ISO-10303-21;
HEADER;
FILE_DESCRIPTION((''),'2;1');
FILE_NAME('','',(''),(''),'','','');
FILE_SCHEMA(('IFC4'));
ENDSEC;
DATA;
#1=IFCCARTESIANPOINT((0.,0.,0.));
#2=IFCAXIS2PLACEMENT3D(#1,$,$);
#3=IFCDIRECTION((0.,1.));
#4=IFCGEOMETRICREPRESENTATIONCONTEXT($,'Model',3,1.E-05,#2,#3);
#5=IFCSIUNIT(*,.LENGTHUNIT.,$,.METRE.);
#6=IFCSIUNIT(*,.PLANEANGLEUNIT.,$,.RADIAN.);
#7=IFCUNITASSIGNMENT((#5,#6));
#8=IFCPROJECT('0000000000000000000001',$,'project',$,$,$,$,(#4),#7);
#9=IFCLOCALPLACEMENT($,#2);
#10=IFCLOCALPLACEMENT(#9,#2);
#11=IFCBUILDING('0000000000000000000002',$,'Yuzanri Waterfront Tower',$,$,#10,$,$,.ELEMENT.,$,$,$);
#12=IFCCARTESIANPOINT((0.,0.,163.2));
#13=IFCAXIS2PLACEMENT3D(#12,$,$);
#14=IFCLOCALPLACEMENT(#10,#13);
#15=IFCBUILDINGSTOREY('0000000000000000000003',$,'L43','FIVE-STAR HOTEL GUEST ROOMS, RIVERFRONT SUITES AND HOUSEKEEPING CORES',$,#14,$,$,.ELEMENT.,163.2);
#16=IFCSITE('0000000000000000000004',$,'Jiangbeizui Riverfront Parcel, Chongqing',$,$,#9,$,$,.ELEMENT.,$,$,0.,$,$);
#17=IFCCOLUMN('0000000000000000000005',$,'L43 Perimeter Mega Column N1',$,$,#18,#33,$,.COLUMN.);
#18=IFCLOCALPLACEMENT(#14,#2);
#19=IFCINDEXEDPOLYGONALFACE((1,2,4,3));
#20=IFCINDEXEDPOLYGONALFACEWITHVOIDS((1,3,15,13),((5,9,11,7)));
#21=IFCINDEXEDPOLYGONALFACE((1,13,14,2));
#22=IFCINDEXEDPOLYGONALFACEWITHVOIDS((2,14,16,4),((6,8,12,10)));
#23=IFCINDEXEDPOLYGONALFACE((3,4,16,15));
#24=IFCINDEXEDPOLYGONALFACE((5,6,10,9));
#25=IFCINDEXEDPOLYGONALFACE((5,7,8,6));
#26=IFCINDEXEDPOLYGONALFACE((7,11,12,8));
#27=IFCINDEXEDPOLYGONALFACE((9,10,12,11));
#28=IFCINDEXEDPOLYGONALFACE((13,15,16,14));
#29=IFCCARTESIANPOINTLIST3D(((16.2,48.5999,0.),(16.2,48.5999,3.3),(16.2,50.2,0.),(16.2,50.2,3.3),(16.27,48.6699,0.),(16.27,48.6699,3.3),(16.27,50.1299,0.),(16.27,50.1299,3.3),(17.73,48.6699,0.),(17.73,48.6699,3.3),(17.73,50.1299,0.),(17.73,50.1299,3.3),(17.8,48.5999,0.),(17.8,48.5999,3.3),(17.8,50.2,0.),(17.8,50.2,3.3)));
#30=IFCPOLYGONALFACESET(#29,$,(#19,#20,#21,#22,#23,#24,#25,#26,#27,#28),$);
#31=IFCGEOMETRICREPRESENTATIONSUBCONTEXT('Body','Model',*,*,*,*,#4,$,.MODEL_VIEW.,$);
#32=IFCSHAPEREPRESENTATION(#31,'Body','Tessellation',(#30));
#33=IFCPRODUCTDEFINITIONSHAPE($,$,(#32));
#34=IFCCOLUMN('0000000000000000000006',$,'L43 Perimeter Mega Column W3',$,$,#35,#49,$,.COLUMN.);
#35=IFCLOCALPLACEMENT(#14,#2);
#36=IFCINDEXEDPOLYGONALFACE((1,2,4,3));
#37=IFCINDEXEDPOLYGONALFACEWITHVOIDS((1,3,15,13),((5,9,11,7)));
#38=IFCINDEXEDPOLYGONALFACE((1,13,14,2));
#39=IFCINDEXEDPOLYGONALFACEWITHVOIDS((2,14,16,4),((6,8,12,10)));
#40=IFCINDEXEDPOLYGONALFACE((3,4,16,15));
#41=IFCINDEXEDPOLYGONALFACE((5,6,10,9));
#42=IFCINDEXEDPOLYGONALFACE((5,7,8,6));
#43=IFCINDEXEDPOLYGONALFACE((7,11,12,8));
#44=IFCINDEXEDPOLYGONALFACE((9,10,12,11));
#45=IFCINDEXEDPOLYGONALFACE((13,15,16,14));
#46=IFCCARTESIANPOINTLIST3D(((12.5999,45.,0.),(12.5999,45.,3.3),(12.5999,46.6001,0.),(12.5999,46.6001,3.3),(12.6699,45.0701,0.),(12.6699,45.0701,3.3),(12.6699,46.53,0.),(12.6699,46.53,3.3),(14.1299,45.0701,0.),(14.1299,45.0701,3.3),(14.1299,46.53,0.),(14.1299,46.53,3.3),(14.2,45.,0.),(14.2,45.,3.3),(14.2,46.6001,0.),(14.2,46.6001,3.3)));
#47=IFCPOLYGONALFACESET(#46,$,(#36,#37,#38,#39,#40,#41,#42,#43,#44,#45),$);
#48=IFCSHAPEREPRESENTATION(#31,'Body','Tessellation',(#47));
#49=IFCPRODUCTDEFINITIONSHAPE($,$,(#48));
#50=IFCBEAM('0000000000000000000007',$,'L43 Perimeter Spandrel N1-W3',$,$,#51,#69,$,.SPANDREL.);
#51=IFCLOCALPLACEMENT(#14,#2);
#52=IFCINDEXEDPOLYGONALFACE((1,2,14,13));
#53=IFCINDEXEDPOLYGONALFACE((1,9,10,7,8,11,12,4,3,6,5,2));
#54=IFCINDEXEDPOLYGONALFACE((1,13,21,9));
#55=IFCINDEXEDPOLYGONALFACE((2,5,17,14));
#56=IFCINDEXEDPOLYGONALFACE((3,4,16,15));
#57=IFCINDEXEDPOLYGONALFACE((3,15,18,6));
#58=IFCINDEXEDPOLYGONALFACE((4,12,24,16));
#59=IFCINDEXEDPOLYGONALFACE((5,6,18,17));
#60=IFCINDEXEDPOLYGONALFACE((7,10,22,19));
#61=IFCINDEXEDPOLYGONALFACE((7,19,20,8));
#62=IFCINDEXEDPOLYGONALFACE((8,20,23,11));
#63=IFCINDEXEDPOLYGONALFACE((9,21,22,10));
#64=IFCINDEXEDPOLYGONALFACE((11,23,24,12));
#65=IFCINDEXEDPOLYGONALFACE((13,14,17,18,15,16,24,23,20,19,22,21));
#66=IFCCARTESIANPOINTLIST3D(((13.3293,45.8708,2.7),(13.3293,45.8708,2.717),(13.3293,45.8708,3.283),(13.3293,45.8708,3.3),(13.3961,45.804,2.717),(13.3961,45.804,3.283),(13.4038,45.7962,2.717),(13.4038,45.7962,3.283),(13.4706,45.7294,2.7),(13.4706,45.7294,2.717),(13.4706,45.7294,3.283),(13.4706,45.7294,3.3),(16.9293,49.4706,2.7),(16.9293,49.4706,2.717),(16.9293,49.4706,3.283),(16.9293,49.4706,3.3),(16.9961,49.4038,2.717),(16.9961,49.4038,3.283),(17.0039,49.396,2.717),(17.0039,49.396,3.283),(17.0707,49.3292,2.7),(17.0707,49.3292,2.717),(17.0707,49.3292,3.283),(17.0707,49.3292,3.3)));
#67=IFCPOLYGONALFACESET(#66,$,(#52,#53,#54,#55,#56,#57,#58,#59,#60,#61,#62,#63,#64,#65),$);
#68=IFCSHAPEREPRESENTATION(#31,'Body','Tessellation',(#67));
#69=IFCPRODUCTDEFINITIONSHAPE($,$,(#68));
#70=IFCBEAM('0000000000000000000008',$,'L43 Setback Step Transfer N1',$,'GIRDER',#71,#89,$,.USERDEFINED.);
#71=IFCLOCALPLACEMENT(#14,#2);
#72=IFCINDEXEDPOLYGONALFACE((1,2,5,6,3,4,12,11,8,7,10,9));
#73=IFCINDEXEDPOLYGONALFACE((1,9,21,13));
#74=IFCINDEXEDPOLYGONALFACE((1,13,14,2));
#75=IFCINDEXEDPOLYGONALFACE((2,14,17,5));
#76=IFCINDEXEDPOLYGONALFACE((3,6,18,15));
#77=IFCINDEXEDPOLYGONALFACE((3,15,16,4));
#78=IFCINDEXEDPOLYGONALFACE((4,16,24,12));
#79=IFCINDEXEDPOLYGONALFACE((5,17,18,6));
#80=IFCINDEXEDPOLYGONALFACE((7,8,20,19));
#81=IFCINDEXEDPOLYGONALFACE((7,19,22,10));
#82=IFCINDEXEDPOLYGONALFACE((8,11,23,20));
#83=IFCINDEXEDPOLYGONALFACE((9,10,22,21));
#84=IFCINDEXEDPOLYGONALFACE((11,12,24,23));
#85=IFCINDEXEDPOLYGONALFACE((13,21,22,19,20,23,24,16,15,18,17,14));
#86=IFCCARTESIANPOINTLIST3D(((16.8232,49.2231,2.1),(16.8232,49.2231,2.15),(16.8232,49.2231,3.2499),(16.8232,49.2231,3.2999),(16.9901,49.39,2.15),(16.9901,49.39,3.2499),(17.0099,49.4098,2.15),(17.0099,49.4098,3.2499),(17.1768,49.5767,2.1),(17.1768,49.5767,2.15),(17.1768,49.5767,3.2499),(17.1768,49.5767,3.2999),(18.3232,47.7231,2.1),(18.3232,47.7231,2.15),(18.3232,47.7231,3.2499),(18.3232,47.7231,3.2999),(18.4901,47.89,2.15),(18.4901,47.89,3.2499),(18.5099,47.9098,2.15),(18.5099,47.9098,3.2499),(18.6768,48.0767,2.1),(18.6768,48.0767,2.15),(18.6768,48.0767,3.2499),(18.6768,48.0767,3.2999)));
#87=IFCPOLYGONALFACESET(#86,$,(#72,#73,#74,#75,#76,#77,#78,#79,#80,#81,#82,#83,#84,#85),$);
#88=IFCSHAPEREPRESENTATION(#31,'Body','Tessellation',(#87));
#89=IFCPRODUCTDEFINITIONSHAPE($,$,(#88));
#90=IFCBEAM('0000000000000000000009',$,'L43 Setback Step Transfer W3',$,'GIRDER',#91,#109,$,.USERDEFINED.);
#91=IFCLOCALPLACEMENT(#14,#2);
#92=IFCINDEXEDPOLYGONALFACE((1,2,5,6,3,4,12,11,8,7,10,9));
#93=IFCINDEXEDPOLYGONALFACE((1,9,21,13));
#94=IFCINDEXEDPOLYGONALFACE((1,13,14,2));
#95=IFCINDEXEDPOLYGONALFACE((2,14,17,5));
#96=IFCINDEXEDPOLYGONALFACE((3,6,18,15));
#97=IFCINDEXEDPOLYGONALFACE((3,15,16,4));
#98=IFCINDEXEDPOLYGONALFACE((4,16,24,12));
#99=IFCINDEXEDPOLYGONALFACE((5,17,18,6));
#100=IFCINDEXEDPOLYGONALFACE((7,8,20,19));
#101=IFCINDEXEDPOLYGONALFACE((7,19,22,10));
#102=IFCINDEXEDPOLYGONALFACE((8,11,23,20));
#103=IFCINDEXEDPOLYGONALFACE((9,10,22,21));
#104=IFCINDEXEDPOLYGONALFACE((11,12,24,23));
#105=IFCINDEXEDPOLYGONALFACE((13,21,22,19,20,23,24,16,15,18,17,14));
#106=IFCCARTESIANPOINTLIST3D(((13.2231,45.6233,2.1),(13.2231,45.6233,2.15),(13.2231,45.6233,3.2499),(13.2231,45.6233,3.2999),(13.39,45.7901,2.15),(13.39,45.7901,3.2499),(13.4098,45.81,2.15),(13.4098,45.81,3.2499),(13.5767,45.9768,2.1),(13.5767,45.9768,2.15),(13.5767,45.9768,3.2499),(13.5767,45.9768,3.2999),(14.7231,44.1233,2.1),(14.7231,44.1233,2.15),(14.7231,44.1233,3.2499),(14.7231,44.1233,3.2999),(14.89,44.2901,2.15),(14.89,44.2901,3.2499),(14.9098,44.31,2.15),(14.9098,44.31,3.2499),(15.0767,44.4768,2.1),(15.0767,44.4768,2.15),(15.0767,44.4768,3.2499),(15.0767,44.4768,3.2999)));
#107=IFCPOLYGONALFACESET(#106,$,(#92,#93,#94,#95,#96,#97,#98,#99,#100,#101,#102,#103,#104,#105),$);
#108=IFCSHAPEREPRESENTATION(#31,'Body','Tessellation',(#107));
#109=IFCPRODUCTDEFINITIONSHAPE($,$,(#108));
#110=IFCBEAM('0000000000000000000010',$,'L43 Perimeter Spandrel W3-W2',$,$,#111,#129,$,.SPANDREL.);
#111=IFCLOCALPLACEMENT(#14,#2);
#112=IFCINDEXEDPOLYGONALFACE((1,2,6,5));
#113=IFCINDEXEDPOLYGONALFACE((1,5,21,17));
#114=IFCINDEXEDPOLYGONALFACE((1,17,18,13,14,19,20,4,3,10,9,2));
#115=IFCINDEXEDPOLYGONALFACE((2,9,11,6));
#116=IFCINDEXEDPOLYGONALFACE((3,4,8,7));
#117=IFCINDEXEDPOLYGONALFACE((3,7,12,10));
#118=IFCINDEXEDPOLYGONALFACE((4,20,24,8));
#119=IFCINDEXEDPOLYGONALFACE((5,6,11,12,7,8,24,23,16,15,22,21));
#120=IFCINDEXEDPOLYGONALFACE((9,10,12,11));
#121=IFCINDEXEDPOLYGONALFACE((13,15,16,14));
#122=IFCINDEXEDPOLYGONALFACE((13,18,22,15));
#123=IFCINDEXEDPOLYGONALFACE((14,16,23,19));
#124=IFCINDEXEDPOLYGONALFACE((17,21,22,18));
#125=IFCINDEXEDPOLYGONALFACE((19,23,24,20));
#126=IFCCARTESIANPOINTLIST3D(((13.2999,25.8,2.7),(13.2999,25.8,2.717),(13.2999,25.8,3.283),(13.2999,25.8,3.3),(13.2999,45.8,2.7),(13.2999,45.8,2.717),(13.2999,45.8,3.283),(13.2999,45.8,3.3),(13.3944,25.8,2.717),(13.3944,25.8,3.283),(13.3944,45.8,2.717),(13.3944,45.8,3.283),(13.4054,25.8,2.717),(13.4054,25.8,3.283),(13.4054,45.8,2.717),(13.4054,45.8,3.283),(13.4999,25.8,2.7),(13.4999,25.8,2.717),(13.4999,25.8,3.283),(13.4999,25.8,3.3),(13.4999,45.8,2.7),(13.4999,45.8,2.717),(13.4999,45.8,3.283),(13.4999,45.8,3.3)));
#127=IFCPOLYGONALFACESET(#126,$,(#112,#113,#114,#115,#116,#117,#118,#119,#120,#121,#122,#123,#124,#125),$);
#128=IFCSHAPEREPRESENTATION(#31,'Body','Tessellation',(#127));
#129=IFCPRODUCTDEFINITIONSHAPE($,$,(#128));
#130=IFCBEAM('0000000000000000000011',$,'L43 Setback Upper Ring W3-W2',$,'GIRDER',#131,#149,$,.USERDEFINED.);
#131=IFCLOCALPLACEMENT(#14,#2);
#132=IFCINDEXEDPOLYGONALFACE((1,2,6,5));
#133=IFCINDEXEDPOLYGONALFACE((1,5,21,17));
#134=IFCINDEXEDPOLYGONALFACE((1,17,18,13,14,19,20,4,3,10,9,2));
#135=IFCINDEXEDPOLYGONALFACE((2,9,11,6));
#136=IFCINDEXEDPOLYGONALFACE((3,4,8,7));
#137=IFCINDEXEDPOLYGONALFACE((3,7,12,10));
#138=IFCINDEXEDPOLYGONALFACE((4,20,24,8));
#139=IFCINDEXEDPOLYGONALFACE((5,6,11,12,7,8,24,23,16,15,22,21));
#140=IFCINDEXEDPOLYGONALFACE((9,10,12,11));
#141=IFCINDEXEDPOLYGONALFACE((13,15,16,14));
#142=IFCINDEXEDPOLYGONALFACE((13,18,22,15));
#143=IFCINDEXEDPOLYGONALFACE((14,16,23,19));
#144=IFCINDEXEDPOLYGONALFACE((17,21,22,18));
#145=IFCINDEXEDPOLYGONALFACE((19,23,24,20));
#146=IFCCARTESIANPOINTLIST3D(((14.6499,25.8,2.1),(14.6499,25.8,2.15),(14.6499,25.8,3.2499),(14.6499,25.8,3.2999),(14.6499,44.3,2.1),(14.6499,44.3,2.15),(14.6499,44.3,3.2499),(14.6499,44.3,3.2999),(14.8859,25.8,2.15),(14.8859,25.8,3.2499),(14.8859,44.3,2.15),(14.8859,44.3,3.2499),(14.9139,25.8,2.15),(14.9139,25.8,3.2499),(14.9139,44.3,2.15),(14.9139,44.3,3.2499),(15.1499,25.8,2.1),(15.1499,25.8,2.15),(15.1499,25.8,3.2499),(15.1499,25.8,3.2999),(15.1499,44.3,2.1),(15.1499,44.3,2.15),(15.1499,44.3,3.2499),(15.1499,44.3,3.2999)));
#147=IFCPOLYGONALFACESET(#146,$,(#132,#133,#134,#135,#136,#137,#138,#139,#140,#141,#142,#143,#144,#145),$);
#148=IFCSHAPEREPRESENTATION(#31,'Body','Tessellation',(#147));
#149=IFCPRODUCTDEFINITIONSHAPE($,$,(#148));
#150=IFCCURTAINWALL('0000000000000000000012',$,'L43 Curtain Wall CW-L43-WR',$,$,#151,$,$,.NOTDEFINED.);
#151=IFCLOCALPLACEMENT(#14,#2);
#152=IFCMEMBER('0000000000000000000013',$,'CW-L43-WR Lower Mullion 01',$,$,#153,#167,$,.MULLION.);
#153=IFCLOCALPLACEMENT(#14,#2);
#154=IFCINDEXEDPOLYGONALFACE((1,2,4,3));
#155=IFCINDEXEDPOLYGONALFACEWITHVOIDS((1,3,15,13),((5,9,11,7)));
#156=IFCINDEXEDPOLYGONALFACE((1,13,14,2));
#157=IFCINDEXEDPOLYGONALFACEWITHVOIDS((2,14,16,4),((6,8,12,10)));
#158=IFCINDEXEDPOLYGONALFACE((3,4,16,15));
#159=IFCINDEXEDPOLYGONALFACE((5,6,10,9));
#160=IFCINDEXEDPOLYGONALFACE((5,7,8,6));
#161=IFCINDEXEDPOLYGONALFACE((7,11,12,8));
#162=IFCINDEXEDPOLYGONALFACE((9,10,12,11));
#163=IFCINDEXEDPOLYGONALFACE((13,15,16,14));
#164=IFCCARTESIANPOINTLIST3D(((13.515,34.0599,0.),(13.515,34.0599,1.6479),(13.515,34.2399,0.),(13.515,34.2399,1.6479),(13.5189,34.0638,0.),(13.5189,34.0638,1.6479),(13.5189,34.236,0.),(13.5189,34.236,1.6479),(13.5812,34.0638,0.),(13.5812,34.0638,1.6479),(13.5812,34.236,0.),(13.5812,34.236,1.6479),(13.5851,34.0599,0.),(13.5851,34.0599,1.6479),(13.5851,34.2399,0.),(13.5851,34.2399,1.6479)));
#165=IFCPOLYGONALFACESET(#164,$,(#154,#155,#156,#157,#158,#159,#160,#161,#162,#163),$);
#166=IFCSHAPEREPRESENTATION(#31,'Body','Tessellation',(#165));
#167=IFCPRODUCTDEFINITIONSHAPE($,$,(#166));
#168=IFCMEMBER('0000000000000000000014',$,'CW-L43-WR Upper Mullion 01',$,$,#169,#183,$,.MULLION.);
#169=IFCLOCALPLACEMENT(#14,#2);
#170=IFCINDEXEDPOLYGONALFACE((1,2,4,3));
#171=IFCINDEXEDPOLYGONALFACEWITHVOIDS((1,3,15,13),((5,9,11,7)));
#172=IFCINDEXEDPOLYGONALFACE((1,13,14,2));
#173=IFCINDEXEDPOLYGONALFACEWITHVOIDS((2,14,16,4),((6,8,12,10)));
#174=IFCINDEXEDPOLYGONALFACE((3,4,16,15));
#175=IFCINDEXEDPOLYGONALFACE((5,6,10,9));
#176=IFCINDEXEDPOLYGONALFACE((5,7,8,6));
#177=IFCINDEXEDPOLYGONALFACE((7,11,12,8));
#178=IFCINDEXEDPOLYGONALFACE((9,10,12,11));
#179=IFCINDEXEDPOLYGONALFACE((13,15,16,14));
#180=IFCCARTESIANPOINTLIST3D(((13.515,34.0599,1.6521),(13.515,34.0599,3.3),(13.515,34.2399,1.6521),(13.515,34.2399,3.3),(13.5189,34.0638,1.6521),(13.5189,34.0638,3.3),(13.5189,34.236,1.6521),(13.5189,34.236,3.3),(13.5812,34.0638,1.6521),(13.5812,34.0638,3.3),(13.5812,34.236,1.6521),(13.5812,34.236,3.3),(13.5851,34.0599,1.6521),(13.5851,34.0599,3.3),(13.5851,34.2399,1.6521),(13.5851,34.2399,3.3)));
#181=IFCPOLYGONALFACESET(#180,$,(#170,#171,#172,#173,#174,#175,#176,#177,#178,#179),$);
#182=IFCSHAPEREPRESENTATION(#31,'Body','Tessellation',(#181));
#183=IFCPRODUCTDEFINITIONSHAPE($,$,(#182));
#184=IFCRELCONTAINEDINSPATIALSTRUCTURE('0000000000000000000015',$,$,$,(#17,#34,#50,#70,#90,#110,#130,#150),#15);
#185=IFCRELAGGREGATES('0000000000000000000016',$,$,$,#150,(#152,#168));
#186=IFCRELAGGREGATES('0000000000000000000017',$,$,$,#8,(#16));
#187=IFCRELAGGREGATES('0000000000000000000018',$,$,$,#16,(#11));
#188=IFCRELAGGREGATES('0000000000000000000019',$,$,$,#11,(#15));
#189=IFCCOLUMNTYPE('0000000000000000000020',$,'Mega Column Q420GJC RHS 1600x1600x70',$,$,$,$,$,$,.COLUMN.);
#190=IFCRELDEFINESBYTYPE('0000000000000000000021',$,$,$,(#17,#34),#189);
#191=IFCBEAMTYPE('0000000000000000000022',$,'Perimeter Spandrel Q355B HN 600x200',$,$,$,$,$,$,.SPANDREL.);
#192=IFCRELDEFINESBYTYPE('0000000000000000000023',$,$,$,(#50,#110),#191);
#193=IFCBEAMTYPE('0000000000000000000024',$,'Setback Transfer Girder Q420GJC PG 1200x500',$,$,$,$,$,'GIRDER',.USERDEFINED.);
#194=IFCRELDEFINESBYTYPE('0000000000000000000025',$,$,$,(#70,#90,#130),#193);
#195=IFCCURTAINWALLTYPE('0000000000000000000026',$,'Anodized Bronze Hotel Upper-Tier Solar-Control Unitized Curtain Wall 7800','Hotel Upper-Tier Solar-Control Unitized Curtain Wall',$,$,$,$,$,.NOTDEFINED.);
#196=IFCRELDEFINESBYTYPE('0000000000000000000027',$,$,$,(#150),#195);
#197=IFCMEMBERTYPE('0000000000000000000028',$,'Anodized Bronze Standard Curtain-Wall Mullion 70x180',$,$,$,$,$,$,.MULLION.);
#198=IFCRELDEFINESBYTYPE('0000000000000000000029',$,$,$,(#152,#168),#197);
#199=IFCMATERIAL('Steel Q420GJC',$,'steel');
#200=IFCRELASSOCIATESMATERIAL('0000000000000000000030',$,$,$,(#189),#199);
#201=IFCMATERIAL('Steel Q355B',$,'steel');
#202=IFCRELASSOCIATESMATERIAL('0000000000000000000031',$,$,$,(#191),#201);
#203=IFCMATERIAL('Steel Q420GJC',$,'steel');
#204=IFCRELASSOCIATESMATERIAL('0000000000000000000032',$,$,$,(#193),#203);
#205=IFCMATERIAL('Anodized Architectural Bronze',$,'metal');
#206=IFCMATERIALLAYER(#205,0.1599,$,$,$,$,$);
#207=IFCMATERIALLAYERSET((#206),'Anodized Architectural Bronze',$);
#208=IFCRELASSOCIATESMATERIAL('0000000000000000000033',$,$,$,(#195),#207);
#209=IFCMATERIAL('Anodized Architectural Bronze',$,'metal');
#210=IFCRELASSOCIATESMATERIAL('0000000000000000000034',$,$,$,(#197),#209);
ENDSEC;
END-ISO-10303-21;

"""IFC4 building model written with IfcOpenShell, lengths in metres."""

from ifc_helpers import new_model, si_unit, direction, frame, origin, origin_2d, place, context, subcontext, project, spatial, hollow_rectangle, i_section, extrude, source, transform, mapped, material, layer, layer_set, material_profile, profile_set, type_object, element, aggregate, save


model = new_model("IFC4")

# Units and contexts
model_context = context("Model", 3, precision=1e-05, world=origin(), true_north=direction((0.0, 1.0)))
body_context = subcontext(model_context, "Body", "Model", "MODEL_VIEW")
ifc_project = project(units=[si_unit("LENGTHUNIT", "METRE"), si_unit("PLANEANGLEUNIT", "RADIAN")], contexts=[model_context])

# Site, building, storey
site_placement = place(None, origin())
site = spatial("IfcSite", under=ifc_project, at=site_placement, Name="Jiangbeizui Riverfront Parcel, Chongqing", CompositionType="ELEMENT", RefElevation=0.0)
building_placement = place(site_placement, origin())
building = spatial("IfcBuilding", under=site, at=building_placement, Name="Yuzanri Waterfront Tower", CompositionType="ELEMENT")
storey_placement = place(building_placement, frame((0.0, 0.0, 163.2)))
storey = spatial("IfcBuildingStorey", under=building, at=storey_placement, Name="L43", Description="FIVE-STAR HOTEL GUEST ROOMS, RIVERFRONT SUITES AND HOUSEKEEPING CORES", CompositionType="ELEMENT", Elevation=163.2)

# Columns
ifc_material_1 = material(Name="Steel Q420GJC", Category="steel")
ifc_material_profile_1 = material_profile(ifc_material_1, hollow_rectangle(XDim=1.6001, YDim=1.6001, WallThickness=0.0701, at=origin_2d()), Name="RHS 1600x1600x70")
ifc_profile_set_1 = profile_set([ifc_material_profile_1], Name="Steel Q420GJC")
column_type = type_object("IfcColumnType", Name="Mega Column Q420GJC RHS 1600x1600x70", PredefinedType="COLUMN", material=ifc_profile_set_1)
shared_shape_1 = source(origin(), body_context, "Body", "SweptSolid", [
    extrude(hollow_rectangle(XDim=1.6001, YDim=1.6001, WallThickness=0.0701, at=origin_2d()), origin(), (0.0, 0.0, 1.0), 3.3),
])
for number, where, z_axis, x_axis, name in (
    (1, (17.0, 49.3999, 0.0), (0.0, 0.0, 1.0), (1.0, 0.0, 0.0), "L43 Perimeter Mega Column N1"),
    (2, (13.3999, 45.8, 0.0), (0.0, 0.0, 1.0), (1.0, 0.0, 0.0), "L43 Perimeter Mega Column W3"),
):
    element("IfcColumn", number, at=place(storey_placement, frame(where, z_axis=z_axis, x_axis=x_axis)), inside=storey, type_object=column_type, Name=name, PredefinedType="COLUMN", context=body_context, shape_type="MappedRepresentation", body=[
        mapped(shared_shape_1, transform((0.0, 0.0, 0.0), scale=1.0)),
    ])

# Beams
ifc_material_2 = material(Name="Steel Q355B", Category="steel")
ifc_material_profile_2 = material_profile(ifc_material_2, i_section(OverallWidth=0.2, OverallDepth=0.6001, WebThickness=0.011, FlangeThickness=0.0171, at=origin_2d()), Name="HN 600x200x11x17")
ifc_profile_set_2 = profile_set([ifc_material_profile_2], Name="Steel Q355B")
beam_type_1 = type_object("IfcBeamType", Name="Perimeter Spandrel Q355B HN 600x200", PredefinedType="SPANDREL", material=ifc_profile_set_2)
shared_shape_2 = source(origin(), body_context, "Body", "SweptSolid", [
    extrude(i_section(OverallWidth=0.2, OverallDepth=0.6001, WebThickness=0.011, FlangeThickness=0.0171, at=origin_2d()), origin(), (0.0, 0.0, 1.0), 5.0911),
])
beam_1_placement = place(storey_placement, frame((17.0, 49.3999, 3.0), z_axis=(-0.707131, -0.707083, 0.0), x_axis=(0.707083, -0.707131, 0.0)))
element("IfcBeam", 3, at=beam_1_placement, inside=storey, type_object=beam_type_1, Name="L43 Perimeter Spandrel N1-W3", PredefinedType="SPANDREL", context=body_context, shape_type="MappedRepresentation", body=[
    mapped(shared_shape_2, transform((0.0, 0.0, 0.0), scale=1.0)),
])
ifc_material_3 = material(Name="Steel Q420GJC", Category="steel")
ifc_material_profile_3 = material_profile(ifc_material_3, i_section(OverallWidth=0.5, OverallDepth=1.2, WebThickness=0.0281, FlangeThickness=0.05, at=origin_2d()), Name="PG 1200x500x28x50")
ifc_profile_set_3 = profile_set([ifc_material_profile_3], Name="Steel Q420GJC")
beam_type_2 = type_object("IfcBeamType", Name="Setback Transfer Girder Q420GJC PG 1200x500", ElementType="GIRDER", PredefinedType="USERDEFINED", material=ifc_profile_set_3)
shared_shape_3 = source(origin(), body_context, "Body", "SweptSolid", [
    extrude(i_section(OverallWidth=0.5, OverallDepth=1.2, WebThickness=0.0281, FlangeThickness=0.05, at=origin_2d()), origin(), (0.0, 0.0, 1.0), 2.1213),
])
for number, where, z_axis, x_axis, name in (
    (4, (18.5, 47.8999, 2.7), (-0.707107, 0.707107, 0.0), (-0.707107, -0.707107, 0.0), "L43 Setback Step Transfer N1"),
    (5, (14.8999, 44.3, 2.7), (-0.707107, 0.707107, 0.0), (-0.707107, -0.707107, 0.0), "L43 Setback Step Transfer W3"),
):
    element("IfcBeam", number, at=place(storey_placement, frame(where, z_axis=z_axis, x_axis=x_axis)), inside=storey, type_object=beam_type_2, Name=name, ObjectType="GIRDER", PredefinedType="USERDEFINED", context=body_context, shape_type="MappedRepresentation", body=[
        mapped(shared_shape_3, transform((0.0, 0.0, 0.0), scale=1.0)),
    ])
shared_shape_4 = source(origin(), body_context, "Body", "SweptSolid", [
    extrude(i_section(OverallWidth=0.2, OverallDepth=0.6001, WebThickness=0.011, FlangeThickness=0.0171, at=origin_2d()), origin(), (0.0, 0.0, 1.0), 20.0),
])
beam_2_placement = place(storey_placement, frame((13.3999, 45.8, 3.0), z_axis=(0.0, -1.0, 0.0), x_axis=(1.0, 0.0, 0.0)))
element("IfcBeam", 6, at=beam_2_placement, inside=storey, type_object=beam_type_1, Name="L43 Perimeter Spandrel W3-W2", PredefinedType="SPANDREL", context=body_context, shape_type="MappedRepresentation", body=[
    mapped(shared_shape_4, transform((0.0, 0.0, 0.0), scale=1.0)),
])
shared_shape_5 = source(origin(), body_context, "Body", "SweptSolid", [
    extrude(i_section(OverallWidth=0.5, OverallDepth=1.2, WebThickness=0.0281, FlangeThickness=0.05, at=origin_2d()), origin(), (0.0, 0.0, 1.0), 18.5),
])
beam_3_placement = place(storey_placement, frame((14.8999, 44.3, 2.7), z_axis=(0.0, -1.0, 0.0), x_axis=(1.0, 0.0, 0.0)))
element("IfcBeam", 7, at=beam_3_placement, inside=storey, type_object=beam_type_2, Name="L43 Setback Upper Ring W3-W2", ObjectType="GIRDER", PredefinedType="USERDEFINED", context=body_context, shape_type="MappedRepresentation", body=[
    mapped(shared_shape_5, transform((0.0, 0.0, 0.0), scale=1.0)),
])

# Curtain wall, members
ifc_material_4 = material(Name="Anodized Architectural Bronze", Category="metal")
ifc_layer_1 = layer(ifc_material_4, 0.1599)
ifc_layer_set_1 = layer_set([ifc_layer_1], Name="Anodized Architectural Bronze")
curtain_wall_type = type_object("IfcCurtainWallType", Name="Anodized Bronze Hotel Upper-Tier Solar-Control Unitized Curtain Wall 7800", Description="Hotel Upper-Tier Solar-Control Unitized Curtain Wall", PredefinedType="NOTDEFINED", material=ifc_layer_set_1)
curtain_wall_placement = place(storey_placement, origin())
curtain_wall = element("IfcCurtainWall", 8, at=curtain_wall_placement, inside=storey, type_object=curtain_wall_type, Name="L43 Curtain Wall CW-L43-WR", PredefinedType="NOTDEFINED")
ifc_material_5 = material(Name="Anodized Architectural Bronze", Category="metal")
ifc_material_profile_4 = material_profile(ifc_material_5, hollow_rectangle(XDim=0.0701, YDim=0.1799, WallThickness=0.0039, at=origin_2d()), Name="CWM 70x180")
ifc_profile_set_4 = profile_set([ifc_material_profile_4], Name="Anodized Architectural Bronze")
member_type = type_object("IfcMemberType", Name="Anodized Bronze Standard Curtain-Wall Mullion 70x180", PredefinedType="MULLION", material=ifc_profile_set_4)
shared_shape_6 = source(origin(), body_context, "Body", "SweptSolid", [
    extrude(hollow_rectangle(XDim=0.0701, YDim=0.1799, WallThickness=0.0039, at=origin_2d()), origin(), (0.0, 0.0, 1.0), 1.6479),
])
member_1_placement = place(storey_placement, frame((13.55, 34.1499, 0.0), z_axis=(0.0, 0.0, 1.0), x_axis=(1.0, 0.0, 0.0)))
member_1 = element("IfcMember", 9, at=member_1_placement, type_object=member_type, Name="CW-L43-WR Lower Mullion 01", PredefinedType="MULLION", context=body_context, shape_type="MappedRepresentation", body=[
    mapped(shared_shape_6, transform((0.0, 0.0, 0.0), scale=1.0)),
])
member_2_placement = place(storey_placement, frame((13.55, 34.1499, 1.6521), z_axis=(0.0, 0.0, 1.0), x_axis=(1.0, 0.0, 0.0)))
member_2 = element("IfcMember", 10, at=member_2_placement, type_object=member_type, Name="CW-L43-WR Upper Mullion 01", PredefinedType="MULLION", context=body_context, shape_type="MappedRepresentation", body=[
    mapped(shared_shape_6, transform((0.0, 0.0, 0.0), scale=1.0)),
])

aggregate(curtain_wall, [member_1, member_2])

save(model, "model.ifc")
